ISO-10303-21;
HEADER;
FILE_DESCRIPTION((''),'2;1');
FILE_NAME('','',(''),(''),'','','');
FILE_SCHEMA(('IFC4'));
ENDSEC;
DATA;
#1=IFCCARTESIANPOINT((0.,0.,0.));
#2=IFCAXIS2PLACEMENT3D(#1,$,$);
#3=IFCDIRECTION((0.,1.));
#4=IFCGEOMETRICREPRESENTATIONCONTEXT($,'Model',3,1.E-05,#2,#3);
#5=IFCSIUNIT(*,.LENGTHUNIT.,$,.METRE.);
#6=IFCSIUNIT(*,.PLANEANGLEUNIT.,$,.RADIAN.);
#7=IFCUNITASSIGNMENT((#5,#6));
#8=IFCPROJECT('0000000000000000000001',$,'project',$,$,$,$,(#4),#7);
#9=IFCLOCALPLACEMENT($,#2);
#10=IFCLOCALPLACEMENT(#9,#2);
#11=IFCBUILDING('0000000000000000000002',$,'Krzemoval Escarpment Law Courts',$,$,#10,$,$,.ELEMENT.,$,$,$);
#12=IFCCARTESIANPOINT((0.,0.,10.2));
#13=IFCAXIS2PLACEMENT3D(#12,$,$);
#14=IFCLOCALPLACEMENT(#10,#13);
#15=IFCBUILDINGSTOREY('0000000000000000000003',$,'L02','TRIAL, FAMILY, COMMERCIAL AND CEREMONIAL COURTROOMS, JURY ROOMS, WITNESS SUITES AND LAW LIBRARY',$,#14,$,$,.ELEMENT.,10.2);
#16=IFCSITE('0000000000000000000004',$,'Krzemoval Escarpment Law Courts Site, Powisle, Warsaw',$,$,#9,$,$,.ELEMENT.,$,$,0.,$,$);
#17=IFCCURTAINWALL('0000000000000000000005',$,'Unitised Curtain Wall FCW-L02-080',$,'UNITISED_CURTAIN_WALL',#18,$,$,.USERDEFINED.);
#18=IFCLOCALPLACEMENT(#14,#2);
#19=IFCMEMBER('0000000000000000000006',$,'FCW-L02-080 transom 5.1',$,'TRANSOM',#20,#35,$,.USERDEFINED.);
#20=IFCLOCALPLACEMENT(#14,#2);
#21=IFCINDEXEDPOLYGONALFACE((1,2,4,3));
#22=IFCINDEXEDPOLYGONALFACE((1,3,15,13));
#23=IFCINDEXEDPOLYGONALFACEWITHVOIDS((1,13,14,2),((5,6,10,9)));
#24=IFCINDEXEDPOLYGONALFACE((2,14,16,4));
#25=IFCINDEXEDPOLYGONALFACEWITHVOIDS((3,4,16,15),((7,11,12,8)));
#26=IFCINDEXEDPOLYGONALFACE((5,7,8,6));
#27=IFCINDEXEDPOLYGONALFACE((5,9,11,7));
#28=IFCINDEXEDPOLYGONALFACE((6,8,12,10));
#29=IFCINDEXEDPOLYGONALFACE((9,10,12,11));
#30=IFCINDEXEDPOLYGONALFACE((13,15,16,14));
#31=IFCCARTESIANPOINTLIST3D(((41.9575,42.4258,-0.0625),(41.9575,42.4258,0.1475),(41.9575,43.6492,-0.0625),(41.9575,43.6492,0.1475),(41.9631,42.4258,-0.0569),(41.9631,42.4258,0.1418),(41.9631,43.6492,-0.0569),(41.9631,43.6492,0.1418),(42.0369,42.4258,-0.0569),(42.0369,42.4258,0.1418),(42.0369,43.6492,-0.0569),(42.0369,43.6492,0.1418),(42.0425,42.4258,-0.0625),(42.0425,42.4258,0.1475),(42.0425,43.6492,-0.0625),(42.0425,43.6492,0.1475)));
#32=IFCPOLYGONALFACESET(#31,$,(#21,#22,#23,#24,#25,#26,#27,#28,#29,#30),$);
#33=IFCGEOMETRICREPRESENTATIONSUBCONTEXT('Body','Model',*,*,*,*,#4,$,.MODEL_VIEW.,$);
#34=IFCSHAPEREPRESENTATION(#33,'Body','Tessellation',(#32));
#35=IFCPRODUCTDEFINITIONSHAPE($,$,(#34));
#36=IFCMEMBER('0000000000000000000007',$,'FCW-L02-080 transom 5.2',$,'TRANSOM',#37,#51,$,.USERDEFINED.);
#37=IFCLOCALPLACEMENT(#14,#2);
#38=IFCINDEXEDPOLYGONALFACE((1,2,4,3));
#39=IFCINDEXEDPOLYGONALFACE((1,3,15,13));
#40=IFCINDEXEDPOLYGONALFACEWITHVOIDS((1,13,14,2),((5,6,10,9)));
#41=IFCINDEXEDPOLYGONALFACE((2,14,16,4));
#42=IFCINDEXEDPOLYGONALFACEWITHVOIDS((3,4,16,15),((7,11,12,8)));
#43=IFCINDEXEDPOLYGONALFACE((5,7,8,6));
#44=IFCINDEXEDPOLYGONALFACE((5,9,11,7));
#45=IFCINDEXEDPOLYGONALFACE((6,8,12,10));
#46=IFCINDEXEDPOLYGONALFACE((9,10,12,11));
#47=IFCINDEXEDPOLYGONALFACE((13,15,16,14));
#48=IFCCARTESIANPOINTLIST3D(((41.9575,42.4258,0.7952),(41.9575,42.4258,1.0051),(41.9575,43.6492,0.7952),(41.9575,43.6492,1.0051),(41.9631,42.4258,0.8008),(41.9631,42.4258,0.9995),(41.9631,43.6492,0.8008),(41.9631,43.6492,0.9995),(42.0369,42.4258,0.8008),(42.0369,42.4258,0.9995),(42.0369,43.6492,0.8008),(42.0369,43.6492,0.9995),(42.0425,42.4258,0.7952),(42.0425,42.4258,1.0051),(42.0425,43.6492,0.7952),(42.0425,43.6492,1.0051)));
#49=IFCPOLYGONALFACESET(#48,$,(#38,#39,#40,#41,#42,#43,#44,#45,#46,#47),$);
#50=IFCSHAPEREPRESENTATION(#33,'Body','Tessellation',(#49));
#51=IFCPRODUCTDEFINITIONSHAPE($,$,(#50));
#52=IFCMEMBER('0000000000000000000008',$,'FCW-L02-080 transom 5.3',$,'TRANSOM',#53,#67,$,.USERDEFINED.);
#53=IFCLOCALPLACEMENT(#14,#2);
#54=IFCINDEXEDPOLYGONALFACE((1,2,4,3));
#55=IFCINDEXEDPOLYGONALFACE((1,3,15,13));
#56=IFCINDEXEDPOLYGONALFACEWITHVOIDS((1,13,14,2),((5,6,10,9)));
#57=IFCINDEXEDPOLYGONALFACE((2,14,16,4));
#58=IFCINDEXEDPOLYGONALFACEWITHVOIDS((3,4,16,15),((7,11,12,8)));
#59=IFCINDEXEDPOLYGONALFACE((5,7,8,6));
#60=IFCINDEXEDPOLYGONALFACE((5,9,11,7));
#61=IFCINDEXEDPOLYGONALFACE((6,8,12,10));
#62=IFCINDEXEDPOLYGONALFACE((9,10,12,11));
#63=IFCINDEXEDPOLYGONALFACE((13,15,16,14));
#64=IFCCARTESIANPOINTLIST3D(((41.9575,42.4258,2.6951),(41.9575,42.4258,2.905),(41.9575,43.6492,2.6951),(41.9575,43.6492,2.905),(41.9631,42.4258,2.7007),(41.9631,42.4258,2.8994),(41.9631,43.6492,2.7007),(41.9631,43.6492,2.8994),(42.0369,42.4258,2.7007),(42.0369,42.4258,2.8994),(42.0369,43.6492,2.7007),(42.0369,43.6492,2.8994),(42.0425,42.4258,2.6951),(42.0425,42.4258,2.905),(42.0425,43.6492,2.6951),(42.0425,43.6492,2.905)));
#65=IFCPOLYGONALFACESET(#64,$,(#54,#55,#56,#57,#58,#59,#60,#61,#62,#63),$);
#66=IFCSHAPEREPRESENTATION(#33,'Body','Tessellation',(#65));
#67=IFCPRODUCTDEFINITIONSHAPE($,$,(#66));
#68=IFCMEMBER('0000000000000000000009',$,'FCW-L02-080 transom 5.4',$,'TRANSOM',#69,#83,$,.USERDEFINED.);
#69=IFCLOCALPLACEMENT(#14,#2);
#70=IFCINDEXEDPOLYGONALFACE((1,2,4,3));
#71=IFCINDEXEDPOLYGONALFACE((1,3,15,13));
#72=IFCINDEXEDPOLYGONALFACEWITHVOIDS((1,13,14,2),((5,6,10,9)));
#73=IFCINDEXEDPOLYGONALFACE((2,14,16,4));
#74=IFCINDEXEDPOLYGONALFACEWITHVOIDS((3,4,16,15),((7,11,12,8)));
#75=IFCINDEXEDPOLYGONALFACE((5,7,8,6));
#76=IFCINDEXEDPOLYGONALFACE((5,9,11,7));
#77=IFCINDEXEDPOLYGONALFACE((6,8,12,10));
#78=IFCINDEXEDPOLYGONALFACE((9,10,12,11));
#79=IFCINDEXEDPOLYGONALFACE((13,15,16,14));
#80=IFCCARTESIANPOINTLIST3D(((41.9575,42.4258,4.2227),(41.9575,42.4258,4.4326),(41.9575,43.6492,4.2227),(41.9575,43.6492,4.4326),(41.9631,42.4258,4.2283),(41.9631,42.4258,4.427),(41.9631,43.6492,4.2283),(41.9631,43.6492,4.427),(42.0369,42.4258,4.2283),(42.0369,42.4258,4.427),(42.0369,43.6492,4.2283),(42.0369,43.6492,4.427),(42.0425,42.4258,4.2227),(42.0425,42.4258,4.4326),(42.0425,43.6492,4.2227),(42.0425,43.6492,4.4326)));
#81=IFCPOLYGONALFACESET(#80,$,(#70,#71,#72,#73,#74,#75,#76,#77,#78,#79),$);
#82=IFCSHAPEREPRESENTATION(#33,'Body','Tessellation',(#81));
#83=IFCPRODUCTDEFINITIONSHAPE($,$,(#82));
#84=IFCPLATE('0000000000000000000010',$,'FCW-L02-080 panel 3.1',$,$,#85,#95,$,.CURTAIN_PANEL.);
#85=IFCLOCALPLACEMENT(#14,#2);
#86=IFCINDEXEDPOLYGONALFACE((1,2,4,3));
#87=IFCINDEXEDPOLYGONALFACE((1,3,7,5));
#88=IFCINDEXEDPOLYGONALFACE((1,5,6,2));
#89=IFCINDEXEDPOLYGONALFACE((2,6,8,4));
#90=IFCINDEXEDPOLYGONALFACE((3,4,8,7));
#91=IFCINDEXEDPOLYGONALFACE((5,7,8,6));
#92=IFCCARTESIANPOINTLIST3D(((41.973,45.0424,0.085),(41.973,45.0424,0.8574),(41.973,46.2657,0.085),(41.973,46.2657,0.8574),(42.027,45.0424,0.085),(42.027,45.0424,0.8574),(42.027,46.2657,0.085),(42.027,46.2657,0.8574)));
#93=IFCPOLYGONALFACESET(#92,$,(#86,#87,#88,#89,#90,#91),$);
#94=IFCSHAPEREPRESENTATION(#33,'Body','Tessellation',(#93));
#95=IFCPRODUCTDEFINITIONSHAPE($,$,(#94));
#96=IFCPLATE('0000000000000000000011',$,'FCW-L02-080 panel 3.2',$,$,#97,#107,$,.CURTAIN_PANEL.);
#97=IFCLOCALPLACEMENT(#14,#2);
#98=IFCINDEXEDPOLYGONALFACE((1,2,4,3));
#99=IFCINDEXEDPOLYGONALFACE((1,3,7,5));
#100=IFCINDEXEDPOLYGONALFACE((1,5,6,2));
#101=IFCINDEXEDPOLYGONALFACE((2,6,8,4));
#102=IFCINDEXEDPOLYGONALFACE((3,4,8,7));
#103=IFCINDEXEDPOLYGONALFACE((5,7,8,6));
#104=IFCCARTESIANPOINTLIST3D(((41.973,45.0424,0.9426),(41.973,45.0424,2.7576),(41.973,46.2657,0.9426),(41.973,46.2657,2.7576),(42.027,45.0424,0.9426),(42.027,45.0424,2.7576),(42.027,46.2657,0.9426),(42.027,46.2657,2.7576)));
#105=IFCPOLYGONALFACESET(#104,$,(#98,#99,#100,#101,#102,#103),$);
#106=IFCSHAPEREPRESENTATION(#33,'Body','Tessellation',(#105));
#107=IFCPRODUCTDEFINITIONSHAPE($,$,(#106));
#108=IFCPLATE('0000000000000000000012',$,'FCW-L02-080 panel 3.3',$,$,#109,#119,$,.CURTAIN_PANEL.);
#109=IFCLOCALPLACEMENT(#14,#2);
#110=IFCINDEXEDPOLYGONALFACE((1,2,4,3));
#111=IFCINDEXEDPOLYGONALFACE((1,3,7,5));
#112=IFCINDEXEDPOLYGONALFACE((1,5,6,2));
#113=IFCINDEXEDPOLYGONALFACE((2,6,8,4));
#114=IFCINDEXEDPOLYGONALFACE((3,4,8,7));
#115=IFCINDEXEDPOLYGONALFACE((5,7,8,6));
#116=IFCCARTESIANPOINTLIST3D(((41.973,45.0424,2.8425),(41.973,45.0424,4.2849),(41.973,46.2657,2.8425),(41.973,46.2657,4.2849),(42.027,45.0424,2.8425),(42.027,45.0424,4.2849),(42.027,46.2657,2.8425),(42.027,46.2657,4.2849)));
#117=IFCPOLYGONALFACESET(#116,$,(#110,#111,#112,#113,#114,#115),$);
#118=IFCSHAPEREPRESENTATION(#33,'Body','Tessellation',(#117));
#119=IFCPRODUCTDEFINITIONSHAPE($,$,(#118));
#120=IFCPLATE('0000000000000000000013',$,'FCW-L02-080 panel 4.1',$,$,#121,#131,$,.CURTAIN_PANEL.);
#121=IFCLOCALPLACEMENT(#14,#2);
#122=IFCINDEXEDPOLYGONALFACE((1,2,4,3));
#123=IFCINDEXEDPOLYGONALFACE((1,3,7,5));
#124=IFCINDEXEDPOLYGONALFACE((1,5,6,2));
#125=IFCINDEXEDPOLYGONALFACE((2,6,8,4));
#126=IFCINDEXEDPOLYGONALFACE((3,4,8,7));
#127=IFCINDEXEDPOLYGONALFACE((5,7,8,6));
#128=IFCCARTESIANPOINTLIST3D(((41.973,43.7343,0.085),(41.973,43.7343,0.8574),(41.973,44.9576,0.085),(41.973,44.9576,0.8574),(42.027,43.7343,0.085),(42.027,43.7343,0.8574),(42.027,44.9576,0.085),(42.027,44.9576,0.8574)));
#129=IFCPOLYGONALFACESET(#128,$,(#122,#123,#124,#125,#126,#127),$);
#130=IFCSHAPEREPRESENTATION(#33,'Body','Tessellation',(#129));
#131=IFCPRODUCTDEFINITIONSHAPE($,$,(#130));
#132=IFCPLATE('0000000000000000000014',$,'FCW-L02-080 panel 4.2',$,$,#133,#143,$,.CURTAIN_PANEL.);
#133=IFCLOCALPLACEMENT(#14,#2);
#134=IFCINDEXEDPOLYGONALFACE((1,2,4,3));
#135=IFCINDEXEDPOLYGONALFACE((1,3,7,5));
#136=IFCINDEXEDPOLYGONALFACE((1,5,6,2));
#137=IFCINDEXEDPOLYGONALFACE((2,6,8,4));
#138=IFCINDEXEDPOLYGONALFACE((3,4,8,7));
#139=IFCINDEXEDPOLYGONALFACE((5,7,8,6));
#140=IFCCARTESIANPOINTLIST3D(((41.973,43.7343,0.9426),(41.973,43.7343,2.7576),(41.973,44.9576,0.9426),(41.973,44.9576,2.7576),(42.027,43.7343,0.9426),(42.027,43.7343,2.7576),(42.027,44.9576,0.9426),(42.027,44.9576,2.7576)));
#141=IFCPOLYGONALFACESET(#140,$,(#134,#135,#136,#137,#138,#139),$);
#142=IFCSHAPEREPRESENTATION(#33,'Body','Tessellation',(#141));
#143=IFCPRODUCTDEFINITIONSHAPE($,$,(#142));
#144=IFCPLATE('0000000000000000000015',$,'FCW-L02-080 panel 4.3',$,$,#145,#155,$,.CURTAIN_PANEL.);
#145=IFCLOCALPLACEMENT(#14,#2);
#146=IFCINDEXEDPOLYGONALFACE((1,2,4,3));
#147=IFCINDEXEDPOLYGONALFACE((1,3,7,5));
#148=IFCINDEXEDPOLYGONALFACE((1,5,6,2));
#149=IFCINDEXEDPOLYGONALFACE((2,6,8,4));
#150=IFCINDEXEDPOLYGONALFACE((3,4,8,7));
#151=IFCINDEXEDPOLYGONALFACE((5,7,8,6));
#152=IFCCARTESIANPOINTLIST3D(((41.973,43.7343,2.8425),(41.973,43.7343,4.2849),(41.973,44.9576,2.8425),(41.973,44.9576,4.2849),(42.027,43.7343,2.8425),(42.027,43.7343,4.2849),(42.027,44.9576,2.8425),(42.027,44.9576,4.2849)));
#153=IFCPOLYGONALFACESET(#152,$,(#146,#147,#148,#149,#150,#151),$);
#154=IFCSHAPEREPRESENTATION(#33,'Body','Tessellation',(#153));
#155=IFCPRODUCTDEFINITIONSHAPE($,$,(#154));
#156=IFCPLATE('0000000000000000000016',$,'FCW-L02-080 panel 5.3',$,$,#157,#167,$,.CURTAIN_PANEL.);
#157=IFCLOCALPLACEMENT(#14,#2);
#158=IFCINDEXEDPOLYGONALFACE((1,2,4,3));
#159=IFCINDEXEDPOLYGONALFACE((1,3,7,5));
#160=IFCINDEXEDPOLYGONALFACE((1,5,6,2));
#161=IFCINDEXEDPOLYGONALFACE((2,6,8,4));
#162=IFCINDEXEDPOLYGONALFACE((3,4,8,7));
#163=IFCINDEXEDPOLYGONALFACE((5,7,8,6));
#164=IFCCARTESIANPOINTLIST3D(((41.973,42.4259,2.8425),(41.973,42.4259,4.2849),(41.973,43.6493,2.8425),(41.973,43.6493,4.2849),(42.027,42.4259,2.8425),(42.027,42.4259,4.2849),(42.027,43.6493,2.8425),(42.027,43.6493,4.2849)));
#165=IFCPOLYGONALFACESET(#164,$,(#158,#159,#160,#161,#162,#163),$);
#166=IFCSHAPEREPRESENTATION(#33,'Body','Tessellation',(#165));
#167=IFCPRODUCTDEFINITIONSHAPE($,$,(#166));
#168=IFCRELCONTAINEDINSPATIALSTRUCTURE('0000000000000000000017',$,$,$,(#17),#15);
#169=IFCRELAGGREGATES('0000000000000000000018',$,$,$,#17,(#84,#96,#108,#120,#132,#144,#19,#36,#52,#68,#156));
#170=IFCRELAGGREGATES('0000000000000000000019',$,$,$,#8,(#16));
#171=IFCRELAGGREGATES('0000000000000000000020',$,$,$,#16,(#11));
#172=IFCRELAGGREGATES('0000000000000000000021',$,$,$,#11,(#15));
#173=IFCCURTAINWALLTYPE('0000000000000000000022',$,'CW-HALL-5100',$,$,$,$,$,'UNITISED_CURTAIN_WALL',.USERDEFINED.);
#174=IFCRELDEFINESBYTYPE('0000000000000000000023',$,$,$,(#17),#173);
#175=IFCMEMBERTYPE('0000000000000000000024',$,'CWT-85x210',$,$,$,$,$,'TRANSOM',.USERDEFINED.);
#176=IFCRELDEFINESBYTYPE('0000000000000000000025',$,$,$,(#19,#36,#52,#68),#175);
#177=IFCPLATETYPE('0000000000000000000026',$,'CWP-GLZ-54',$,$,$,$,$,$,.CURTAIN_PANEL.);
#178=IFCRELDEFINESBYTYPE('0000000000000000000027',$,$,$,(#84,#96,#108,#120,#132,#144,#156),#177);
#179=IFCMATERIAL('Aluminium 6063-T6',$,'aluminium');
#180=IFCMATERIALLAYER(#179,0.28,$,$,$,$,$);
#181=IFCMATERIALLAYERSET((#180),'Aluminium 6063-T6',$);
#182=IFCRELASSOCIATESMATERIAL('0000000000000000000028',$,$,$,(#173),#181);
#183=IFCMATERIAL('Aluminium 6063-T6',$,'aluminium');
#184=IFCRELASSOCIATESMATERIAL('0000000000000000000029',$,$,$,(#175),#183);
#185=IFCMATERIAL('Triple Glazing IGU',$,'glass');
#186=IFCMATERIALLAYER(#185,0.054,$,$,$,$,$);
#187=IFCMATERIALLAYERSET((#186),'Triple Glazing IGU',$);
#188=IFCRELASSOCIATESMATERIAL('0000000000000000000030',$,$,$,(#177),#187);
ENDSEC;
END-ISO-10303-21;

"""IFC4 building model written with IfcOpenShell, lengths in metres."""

from ifc_helpers import new_model, si_unit, direction, frame, origin, origin_2d, place, context, subcontext, project, spatial, rectangle, hollow_rectangle, extrude, material, layer, layer_set, material_profile, profile_set, type_object, element, aggregate, save


model = new_model("IFC4")

# Units and contexts
model_context = context("Model", 3, precision=1e-05, world=origin(), true_north=direction((0.0, 1.0)))
body_context = subcontext(model_context, "Body", "Model", "MODEL_VIEW")
ifc_project = project(units=[si_unit("LENGTHUNIT", "METRE"), si_unit("PLANEANGLEUNIT", "RADIAN")], contexts=[model_context])

# Site, building, storey
site_placement = place(None, origin())
site = spatial("IfcSite", under=ifc_project, at=site_placement, Name="Krzemoval Escarpment Law Courts Site, Powisle, Warsaw", CompositionType="ELEMENT", RefElevation=0.0)
building_placement = place(site_placement, origin())
building = spatial("IfcBuilding", under=site, at=building_placement, Name="Krzemoval Escarpment Law Courts", CompositionType="ELEMENT")
storey_placement = place(building_placement, frame((0.0, 0.0, 10.2)))
storey = spatial("IfcBuildingStorey", under=building, at=storey_placement, Name="L02", Description="TRIAL, FAMILY, COMMERCIAL AND CEREMONIAL COURTROOMS, JURY ROOMS, WITNESS SUITES AND LAW LIBRARY", CompositionType="ELEMENT", Elevation=10.2)

# Curtain wall, members, plates
ifc_material_1 = material(Name="Aluminium 6063-T6", Category="aluminium")
ifc_layer_1 = layer(ifc_material_1, 0.28)
ifc_layer_set_1 = layer_set([ifc_layer_1], Name="Aluminium 6063-T6")
curtain_wall_type = type_object("IfcCurtainWallType", Name="CW-HALL-5100", ElementType="UNITISED_CURTAIN_WALL", PredefinedType="USERDEFINED", material=ifc_layer_set_1)
curtain_wall_placement = place(storey_placement, origin())
curtain_wall = element("IfcCurtainWall", 1, at=curtain_wall_placement, inside=storey, type_object=curtain_wall_type, Name="Unitised Curtain Wall FCW-L02-080", ObjectType="UNITISED_CURTAIN_WALL", PredefinedType="USERDEFINED")
ifc_material_2 = material(Name="Aluminium 6063-T6", Category="aluminium")
ifc_material_profile_1 = material_profile(ifc_material_2, hollow_rectangle(XDim=0.085, YDim=0.21, WallThickness=0.0056, at=origin_2d()), Name="ALU T85x210")
ifc_profile_set_1 = profile_set([ifc_material_profile_1], Name="Aluminium 6063-T6")
member_type_1 = type_object("IfcMemberType", Name="CWT-85x210", ElementType="TRANSOM", PredefinedType="USERDEFINED", material=ifc_profile_set_1)
member_1_placement = place(storey_placement, frame((42.0, 43.6492, 0.0425), z_axis=(0.0, -1.0, 0.0), x_axis=(1.0, 0.0, 0.0)))
member_1 = element("IfcMember", 2, at=member_1_placement, type_object=member_type_1, Name="FCW-L02-080 transom 5.1", ObjectType="TRANSOM", PredefinedType="USERDEFINED", context=body_context, shape_type="SweptSolid", body=[
    extrude(hollow_rectangle(XDim=0.085, YDim=0.21, WallThickness=0.0056, at=origin_2d()), origin(), (0.0, 0.0, 1.0), 1.2234),
])
member_2_placement = place(storey_placement, frame((42.0, 43.6492, 0.9001), z_axis=(0.0, -1.0, 0.0), x_axis=(1.0, 0.0, 0.0)))
member_2 = element("IfcMember", 3, at=member_2_placement, type_object=member_type_1, Name="FCW-L02-080 transom 5.2", ObjectType="TRANSOM", PredefinedType="USERDEFINED", context=body_context, shape_type="SweptSolid", body=[
    extrude(hollow_rectangle(XDim=0.085, YDim=0.21, WallThickness=0.0056, at=origin_2d()), origin(), (0.0, 0.0, 1.0), 1.2234),
])
member_3_placement = place(storey_placement, frame((42.0, 43.6492, 2.8), z_axis=(0.0, -1.0, 0.0), x_axis=(1.0, 0.0, 0.0)))
member_3 = element("IfcMember", 4, at=member_3_placement, type_object=member_type_1, Name="FCW-L02-080 transom 5.3", ObjectType="TRANSOM", PredefinedType="USERDEFINED", context=body_context, shape_type="SweptSolid", body=[
    extrude(hollow_rectangle(XDim=0.085, YDim=0.21, WallThickness=0.0056, at=origin_2d()), origin(), (0.0, 0.0, 1.0), 1.2234),
])
member_4_placement = place(storey_placement, frame((42.0, 43.6492, 4.3276), z_axis=(0.0, -1.0, 0.0), x_axis=(1.0, 0.0, 0.0)))
member_4 = element("IfcMember", 5, at=member_4_placement, type_object=member_type_1, Name="FCW-L02-080 transom 5.4", ObjectType="TRANSOM", PredefinedType="USERDEFINED", context=body_context, shape_type="SweptSolid", body=[
    extrude(hollow_rectangle(XDim=0.085, YDim=0.21, WallThickness=0.0056, at=origin_2d()), origin(), (0.0, 0.0, 1.0), 1.2234),
])
ifc_material_3 = material(Name="Triple Glazing IGU", Category="glass")
ifc_layer_2 = layer(ifc_material_3, 0.054)
ifc_layer_set_2 = layer_set([ifc_layer_2], Name="Triple Glazing IGU")
plate_type = type_object("IfcPlateType", Name="CWP-GLZ-54", PredefinedType="CURTAIN_PANEL", material=ifc_layer_set_2)
plate_1_placement = place(storey_placement, frame((42.0, 45.6541, 0.085), z_axis=(0.0, 0.0, 1.0), x_axis=(0.0, -1.0, 0.0)))
plate_1 = element("IfcPlate", 6, at=plate_1_placement, type_object=plate_type, Name="FCW-L02-080 panel 3.1", PredefinedType="CURTAIN_PANEL", context=body_context, shape_type="SweptSolid", body=[
    extrude(rectangle(XDim=1.2234, YDim=0.054, at=origin_2d()), origin(), (0.0, 0.0, 1.0), 0.7725),
])
plate_2_placement = place(storey_placement, frame((42.0, 45.6541, 0.9426), z_axis=(0.0, 0.0, 1.0), x_axis=(0.0, -1.0, 0.0)))
plate_2 = element("IfcPlate", 7, at=plate_2_placement, type_object=plate_type, Name="FCW-L02-080 panel 3.2", PredefinedType="CURTAIN_PANEL", context=body_context, shape_type="SweptSolid", body=[
    extrude(rectangle(XDim=1.2234, YDim=0.054, at=origin_2d()), origin(), (0.0, 0.0, 1.0), 1.8149),
])
plate_3_placement = place(storey_placement, frame((42.0, 45.6541, 2.8425), z_axis=(0.0, 0.0, 1.0), x_axis=(0.0, -1.0, 0.0)))
plate_3 = element("IfcPlate", 8, at=plate_3_placement, type_object=plate_type, Name="FCW-L02-080 panel 3.3", PredefinedType="CURTAIN_PANEL", context=body_context, shape_type="SweptSolid", body=[
    extrude(rectangle(XDim=1.2234, YDim=0.054, at=origin_2d()), origin(), (0.0, 0.0, 1.0), 1.4424),
])
plate_4_placement = place(storey_placement, frame((42.0, 44.3459, 0.085), z_axis=(0.0, 0.0, 1.0), x_axis=(0.0, -1.0, 0.0)))
plate_4 = element("IfcPlate", 9, at=plate_4_placement, type_object=plate_type, Name="FCW-L02-080 panel 4.1", PredefinedType="CURTAIN_PANEL", context=body_context, shape_type="SweptSolid", body=[
    extrude(rectangle(XDim=1.2234, YDim=0.054, at=origin_2d()), origin(), (0.0, 0.0, 1.0), 0.7725),
])
plate_5_placement = place(storey_placement, frame((42.0, 44.3459, 0.9426), z_axis=(0.0, 0.0, 1.0), x_axis=(0.0, -1.0, 0.0)))
plate_5 = element("IfcPlate", 10, at=plate_5_placement, type_object=plate_type, Name="FCW-L02-080 panel 4.2", PredefinedType="CURTAIN_PANEL", context=body_context, shape_type="SweptSolid", body=[
    extrude(rectangle(XDim=1.2234, YDim=0.054, at=origin_2d()), origin(), (0.0, 0.0, 1.0), 1.8149),
])
plate_6_placement = place(storey_placement, frame((42.0, 44.3459, 2.8425), z_axis=(0.0, 0.0, 1.0), x_axis=(0.0, -1.0, 0.0)))
plate_6 = element("IfcPlate", 11, at=plate_6_placement, type_object=plate_type, Name="FCW-L02-080 panel 4.3", PredefinedType="CURTAIN_PANEL", context=body_context, shape_type="SweptSolid", body=[
    extrude(rectangle(XDim=1.2234, YDim=0.054, at=origin_2d()), origin(), (0.0, 0.0, 1.0), 1.4424),
])
plate_7_placement = place(storey_placement, frame((42.0, 43.0376, 2.8425), z_axis=(0.0, 0.0, 1.0), x_axis=(0.0, -1.0, 0.0)))
plate_7 = element("IfcPlate", 12, at=plate_7_placement, type_object=plate_type, Name="FCW-L02-080 panel 5.3", PredefinedType="CURTAIN_PANEL", context=body_context, shape_type="SweptSolid", body=[
    extrude(rectangle(XDim=1.2234, YDim=0.054, at=origin_2d()), origin(), (0.0, 0.0, 1.0), 1.4424),
])
aggregate(curtain_wall, [plate_1, plate_2, plate_3, plate_4, plate_5, plate_6, member_1, member_2, member_3, member_4, plate_7])

save(model, "model.ifc")
